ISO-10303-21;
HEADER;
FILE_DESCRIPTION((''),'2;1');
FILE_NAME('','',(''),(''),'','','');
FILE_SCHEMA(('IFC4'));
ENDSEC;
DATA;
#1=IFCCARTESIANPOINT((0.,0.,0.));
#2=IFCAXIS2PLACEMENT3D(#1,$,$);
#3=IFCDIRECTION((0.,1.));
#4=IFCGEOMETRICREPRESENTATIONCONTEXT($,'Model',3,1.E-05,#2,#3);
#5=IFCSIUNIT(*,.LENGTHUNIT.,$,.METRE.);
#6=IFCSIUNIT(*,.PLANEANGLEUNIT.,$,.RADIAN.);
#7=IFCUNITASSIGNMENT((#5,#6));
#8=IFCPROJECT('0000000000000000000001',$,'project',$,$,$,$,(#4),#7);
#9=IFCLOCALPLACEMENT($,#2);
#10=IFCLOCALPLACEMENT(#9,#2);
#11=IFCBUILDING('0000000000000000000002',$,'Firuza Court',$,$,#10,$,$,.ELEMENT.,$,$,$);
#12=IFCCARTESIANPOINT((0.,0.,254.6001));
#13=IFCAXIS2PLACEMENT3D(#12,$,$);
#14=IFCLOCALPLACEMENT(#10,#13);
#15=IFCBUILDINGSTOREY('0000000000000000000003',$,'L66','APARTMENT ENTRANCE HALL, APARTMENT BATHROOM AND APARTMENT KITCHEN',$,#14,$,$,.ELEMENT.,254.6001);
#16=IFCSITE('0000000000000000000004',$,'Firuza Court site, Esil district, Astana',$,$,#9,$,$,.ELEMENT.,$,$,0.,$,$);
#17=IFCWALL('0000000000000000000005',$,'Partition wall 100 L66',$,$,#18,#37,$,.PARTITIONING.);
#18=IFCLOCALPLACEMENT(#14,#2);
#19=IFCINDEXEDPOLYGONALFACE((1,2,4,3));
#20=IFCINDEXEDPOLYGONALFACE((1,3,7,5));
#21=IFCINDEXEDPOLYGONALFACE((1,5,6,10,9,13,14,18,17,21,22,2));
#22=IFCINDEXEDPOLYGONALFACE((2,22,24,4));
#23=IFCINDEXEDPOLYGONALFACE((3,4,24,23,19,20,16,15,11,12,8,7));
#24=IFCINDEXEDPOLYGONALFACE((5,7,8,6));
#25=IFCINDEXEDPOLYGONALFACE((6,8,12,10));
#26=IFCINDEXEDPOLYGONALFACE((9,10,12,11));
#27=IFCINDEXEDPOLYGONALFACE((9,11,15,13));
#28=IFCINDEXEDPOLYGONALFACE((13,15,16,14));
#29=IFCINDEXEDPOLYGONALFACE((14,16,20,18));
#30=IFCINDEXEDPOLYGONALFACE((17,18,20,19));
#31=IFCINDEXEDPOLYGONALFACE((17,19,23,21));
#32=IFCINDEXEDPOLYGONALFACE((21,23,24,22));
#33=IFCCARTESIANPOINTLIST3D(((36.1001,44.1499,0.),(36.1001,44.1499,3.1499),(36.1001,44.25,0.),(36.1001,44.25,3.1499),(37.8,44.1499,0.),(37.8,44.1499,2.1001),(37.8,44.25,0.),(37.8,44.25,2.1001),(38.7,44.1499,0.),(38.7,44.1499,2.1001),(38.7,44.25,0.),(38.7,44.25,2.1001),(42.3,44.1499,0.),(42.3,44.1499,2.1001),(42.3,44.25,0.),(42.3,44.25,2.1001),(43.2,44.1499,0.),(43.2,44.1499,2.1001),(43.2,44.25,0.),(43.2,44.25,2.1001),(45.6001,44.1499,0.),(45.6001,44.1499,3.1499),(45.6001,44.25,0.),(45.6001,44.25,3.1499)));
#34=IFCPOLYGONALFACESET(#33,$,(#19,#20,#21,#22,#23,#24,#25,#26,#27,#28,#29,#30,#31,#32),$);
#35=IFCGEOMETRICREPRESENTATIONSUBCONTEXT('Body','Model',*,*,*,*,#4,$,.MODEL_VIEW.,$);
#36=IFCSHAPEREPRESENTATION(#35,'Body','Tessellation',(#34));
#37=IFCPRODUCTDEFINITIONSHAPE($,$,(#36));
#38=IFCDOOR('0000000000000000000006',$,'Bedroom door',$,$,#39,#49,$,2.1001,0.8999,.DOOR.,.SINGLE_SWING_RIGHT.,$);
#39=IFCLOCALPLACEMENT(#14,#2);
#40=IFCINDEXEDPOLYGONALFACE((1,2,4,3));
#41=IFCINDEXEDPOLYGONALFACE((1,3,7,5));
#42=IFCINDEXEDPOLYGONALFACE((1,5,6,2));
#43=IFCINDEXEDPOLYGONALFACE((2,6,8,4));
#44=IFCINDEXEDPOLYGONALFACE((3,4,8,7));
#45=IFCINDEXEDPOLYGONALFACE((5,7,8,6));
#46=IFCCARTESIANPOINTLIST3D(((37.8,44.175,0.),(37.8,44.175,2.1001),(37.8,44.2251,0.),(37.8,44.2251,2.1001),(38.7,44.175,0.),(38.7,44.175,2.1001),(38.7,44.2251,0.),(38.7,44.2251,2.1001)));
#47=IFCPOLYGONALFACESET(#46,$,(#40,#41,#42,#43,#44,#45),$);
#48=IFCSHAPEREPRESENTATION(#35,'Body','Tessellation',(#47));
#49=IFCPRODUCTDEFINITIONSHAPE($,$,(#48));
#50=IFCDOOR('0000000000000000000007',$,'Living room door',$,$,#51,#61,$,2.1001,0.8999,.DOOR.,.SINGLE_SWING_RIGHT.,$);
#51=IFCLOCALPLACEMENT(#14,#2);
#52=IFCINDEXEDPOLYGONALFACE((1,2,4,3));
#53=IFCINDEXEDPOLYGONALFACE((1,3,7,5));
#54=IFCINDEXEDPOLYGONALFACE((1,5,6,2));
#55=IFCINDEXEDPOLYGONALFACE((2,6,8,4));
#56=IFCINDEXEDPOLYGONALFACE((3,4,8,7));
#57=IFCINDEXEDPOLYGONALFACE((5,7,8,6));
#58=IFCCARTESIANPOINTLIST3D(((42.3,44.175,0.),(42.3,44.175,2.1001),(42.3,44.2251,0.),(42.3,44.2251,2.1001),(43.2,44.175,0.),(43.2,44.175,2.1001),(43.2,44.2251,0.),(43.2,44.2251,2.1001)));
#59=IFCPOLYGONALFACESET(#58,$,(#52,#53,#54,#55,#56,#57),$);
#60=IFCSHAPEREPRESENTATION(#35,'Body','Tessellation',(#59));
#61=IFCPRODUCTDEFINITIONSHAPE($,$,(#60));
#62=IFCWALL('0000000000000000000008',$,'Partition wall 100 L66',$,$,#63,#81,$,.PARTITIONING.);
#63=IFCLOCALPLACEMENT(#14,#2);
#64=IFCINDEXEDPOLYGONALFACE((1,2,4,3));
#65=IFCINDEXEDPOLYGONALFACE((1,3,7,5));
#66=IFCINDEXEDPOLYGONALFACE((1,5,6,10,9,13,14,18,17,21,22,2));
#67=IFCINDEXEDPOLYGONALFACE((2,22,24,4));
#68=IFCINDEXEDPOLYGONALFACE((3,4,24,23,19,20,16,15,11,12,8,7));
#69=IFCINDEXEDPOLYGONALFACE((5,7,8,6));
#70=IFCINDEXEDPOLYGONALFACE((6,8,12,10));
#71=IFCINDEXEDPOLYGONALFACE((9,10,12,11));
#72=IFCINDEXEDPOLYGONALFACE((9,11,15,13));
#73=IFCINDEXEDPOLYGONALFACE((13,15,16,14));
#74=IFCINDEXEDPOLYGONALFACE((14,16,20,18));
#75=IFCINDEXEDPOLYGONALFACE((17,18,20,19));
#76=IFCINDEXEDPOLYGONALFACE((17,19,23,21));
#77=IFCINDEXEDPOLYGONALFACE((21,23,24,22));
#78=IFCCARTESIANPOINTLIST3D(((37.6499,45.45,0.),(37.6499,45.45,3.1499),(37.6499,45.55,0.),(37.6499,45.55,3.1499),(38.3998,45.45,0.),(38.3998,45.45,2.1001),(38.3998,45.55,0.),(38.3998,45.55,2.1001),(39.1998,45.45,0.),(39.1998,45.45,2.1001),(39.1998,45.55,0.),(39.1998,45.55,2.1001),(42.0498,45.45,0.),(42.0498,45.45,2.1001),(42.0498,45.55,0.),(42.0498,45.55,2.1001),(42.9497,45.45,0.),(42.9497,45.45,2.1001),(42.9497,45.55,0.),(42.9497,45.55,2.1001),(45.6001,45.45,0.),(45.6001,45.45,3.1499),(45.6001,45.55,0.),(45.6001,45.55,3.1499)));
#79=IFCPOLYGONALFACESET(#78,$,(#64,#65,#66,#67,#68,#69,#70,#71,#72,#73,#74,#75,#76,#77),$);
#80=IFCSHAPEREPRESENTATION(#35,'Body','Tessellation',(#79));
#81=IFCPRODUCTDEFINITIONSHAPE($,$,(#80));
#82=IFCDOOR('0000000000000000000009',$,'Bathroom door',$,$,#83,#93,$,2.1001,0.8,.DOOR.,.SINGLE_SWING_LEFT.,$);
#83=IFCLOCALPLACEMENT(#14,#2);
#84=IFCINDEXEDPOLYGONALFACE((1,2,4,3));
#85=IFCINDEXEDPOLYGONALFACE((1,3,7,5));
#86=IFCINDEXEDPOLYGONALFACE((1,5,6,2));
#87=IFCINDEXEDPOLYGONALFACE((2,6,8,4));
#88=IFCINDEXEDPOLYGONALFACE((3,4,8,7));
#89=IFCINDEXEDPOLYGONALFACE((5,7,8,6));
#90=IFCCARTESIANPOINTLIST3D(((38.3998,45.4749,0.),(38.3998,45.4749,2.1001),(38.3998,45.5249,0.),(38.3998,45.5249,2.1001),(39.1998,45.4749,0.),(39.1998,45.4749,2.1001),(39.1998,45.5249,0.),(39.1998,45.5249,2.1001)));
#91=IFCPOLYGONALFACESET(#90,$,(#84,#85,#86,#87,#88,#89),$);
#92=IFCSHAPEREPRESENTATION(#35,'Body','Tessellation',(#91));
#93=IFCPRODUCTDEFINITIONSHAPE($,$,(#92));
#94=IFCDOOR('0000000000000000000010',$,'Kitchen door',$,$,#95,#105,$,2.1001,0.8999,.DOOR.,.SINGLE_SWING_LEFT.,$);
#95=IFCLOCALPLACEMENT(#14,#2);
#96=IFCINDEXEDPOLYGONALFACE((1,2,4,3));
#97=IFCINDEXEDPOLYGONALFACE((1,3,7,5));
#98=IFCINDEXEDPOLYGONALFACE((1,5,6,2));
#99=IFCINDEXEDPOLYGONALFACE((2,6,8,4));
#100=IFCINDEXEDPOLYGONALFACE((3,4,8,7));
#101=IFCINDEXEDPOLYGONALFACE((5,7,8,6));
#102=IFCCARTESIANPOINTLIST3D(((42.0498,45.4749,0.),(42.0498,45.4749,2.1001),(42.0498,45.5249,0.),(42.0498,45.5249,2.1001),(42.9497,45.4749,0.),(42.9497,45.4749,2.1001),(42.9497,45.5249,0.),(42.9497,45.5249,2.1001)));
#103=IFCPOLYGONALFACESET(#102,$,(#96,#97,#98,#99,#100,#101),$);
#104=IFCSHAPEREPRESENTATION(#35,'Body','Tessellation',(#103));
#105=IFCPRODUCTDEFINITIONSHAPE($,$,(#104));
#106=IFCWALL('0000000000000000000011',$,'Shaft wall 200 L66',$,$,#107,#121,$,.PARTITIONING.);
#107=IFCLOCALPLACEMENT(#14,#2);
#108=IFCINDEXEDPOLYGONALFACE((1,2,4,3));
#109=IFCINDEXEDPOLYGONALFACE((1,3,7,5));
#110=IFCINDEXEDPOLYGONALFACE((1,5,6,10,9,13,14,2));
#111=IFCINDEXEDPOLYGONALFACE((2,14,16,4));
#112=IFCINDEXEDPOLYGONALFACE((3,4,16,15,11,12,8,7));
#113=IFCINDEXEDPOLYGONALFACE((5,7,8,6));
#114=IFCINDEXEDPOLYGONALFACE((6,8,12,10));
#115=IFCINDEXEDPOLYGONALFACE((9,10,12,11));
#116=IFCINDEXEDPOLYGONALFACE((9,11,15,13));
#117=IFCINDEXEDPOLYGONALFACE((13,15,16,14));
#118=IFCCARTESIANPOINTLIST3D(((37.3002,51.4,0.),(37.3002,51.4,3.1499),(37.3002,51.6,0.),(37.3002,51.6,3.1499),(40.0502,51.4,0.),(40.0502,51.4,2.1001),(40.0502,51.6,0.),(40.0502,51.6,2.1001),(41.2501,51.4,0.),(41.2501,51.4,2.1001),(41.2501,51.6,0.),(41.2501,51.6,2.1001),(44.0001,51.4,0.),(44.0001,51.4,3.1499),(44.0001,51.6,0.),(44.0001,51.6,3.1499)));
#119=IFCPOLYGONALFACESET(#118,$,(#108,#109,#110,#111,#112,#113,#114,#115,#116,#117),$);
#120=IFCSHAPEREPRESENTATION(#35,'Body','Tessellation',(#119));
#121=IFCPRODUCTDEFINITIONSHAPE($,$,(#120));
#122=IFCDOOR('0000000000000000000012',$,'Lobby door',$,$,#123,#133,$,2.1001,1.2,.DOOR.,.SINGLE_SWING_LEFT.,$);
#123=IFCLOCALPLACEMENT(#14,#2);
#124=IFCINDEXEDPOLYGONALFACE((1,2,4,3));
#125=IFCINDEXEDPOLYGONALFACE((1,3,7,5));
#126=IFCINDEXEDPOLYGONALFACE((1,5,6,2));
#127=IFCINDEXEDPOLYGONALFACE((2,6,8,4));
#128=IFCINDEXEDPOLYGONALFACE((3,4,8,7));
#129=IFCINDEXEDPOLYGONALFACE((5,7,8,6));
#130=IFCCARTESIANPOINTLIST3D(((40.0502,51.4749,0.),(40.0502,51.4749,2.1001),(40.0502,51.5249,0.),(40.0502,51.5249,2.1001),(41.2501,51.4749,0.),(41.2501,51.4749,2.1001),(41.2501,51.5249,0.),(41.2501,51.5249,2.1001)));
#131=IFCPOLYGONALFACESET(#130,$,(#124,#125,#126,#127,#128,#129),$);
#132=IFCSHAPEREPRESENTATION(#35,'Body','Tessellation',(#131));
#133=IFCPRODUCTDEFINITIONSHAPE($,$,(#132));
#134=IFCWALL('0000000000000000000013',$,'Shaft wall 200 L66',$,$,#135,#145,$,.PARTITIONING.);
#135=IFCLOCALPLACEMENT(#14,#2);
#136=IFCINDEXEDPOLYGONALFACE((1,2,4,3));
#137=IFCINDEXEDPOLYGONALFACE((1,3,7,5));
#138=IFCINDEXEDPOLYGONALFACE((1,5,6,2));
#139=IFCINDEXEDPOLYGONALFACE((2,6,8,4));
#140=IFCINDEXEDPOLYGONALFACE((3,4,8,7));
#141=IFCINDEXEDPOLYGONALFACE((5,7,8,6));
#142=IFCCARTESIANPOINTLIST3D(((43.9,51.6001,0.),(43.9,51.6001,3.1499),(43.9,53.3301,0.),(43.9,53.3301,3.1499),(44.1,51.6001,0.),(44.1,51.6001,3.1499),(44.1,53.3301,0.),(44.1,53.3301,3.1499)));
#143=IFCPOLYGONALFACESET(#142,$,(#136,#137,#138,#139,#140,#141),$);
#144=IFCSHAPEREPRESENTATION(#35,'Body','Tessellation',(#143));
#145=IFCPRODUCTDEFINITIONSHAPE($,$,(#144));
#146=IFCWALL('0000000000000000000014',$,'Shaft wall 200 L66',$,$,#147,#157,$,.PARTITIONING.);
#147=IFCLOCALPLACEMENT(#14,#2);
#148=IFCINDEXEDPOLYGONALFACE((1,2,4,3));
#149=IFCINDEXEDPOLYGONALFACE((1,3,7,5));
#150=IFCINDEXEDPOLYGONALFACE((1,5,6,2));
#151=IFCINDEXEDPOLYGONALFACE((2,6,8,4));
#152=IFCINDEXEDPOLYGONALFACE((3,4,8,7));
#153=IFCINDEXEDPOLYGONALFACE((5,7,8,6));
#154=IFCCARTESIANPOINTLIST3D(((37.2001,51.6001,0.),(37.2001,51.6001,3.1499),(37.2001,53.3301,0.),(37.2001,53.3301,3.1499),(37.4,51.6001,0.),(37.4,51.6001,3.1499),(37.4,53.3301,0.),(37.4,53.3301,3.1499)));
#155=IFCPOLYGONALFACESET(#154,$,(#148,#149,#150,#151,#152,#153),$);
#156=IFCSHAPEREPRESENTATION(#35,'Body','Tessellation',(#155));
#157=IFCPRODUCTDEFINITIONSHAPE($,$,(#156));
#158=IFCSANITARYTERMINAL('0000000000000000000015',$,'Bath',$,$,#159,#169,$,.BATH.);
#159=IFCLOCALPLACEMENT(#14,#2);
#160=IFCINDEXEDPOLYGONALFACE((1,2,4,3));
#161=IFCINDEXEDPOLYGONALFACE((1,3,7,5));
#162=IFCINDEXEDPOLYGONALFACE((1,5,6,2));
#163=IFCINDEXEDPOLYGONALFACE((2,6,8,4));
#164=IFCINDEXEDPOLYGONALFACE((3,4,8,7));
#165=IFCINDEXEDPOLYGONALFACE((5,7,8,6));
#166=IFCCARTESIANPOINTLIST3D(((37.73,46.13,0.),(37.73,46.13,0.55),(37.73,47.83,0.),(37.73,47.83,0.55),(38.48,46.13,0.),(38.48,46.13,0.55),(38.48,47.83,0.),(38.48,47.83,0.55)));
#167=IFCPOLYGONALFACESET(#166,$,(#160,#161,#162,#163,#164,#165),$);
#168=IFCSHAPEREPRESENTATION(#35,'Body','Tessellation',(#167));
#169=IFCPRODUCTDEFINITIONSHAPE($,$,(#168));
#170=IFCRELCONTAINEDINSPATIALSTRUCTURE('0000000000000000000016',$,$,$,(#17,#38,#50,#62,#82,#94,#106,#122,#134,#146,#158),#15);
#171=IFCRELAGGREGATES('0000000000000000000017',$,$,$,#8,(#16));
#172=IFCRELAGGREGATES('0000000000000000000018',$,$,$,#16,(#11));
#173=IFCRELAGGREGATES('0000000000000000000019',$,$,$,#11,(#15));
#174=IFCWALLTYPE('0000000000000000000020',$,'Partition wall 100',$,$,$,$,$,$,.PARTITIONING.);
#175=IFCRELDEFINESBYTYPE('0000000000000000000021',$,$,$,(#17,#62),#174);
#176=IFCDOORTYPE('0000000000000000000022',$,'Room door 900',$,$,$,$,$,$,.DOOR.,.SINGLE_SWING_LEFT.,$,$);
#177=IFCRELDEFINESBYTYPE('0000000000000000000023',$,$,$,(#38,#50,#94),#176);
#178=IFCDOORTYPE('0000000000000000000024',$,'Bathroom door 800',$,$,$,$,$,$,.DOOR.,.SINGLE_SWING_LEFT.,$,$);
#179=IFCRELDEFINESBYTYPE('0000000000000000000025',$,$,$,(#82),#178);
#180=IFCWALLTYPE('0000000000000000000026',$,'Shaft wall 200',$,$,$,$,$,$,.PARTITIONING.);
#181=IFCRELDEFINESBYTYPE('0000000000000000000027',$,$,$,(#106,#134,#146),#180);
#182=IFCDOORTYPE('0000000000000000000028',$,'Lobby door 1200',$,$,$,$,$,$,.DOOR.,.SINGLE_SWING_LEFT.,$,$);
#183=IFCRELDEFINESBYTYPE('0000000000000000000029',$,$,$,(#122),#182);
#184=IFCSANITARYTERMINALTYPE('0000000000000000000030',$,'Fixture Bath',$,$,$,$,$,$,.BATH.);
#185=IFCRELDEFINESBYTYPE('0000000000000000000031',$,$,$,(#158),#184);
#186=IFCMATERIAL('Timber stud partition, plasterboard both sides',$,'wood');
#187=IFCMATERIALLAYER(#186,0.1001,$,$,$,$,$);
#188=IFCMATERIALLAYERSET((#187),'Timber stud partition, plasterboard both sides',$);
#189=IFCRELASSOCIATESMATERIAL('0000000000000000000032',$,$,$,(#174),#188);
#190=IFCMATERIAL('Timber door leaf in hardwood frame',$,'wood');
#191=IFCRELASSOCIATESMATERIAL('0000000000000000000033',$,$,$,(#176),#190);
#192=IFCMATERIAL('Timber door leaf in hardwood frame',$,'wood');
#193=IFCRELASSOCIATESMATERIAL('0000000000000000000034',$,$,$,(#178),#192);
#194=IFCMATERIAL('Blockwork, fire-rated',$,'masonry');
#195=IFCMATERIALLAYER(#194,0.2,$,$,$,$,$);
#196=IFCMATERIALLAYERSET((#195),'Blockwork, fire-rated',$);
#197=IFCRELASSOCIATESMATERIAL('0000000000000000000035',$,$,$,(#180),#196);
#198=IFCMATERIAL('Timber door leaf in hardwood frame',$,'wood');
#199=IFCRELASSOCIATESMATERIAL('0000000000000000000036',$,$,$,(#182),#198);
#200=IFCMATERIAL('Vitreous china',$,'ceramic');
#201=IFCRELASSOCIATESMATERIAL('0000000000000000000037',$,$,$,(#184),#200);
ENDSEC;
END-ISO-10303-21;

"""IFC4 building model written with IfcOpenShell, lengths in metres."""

from ifc_helpers import new_model, si_unit, direction, frame, frame_2d, origin, origin_2d, place, context, subcontext, project, spatial, rectangle, extrude, material, layer, layer_set, type_object, element, fill, save


model = new_model("IFC4")

# Units and contexts
model_context = context("Model", 3, precision=1e-05, world=origin(), true_north=direction((0.0, 1.0)))
body_context = subcontext(model_context, "Body", "Model", "MODEL_VIEW")
ifc_project = project(units=[si_unit("LENGTHUNIT", "METRE"), si_unit("PLANEANGLEUNIT", "RADIAN")], contexts=[model_context])

# Site, building, storey
site_placement = place(None, origin())
site = spatial("IfcSite", under=ifc_project, at=site_placement, Name="Firuza Court site, Esil district, Astana", CompositionType="ELEMENT", RefElevation=0.0)
building_placement = place(site_placement, origin())
building = spatial("IfcBuilding", under=site, at=building_placement, Name="Firuza Court", CompositionType="ELEMENT")
storey_placement = place(building_placement, frame((0.0, 0.0, 254.6001)))
storey = spatial("IfcBuildingStorey", under=building, at=storey_placement, Name="L66", Description="APARTMENT ENTRANCE HALL, APARTMENT BATHROOM AND APARTMENT KITCHEN", CompositionType="ELEMENT", Elevation=254.6001)

# Walls, openings, doors
ifc_material_1 = material(Name="Timber stud partition, plasterboard both sides", Category="wood")
ifc_layer_1 = layer(ifc_material_1, 0.1001)
ifc_layer_set_1 = layer_set([ifc_layer_1], Name="Timber stud partition, plasterboard both sides")
wall_type_1 = type_object("IfcWallType", Name="Partition wall 100", PredefinedType="PARTITIONING", material=ifc_layer_set_1)
wall_1_placement = place(storey_placement, frame((36.1001, 44.2, 0.0), z_axis=(0.0, 0.0, 1.0), x_axis=(1.0, 0.0, 0.0)))
wall_1 = element("IfcWall", 1, at=wall_1_placement, inside=storey, type_object=wall_type_1, Name="Partition wall 100 L66", PredefinedType="PARTITIONING", context=body_context, shape_type="SweptSolid", body=[
    extrude(rectangle(XDim=9.5, YDim=0.1001, at=frame_2d((4.75, 0.0))), origin(), (0.0, 0.0, 1.0), 3.1499),
])
opening_1_placement = place(wall_1_placement, frame((1.7, 0.0, 0.0)))
opening_1 = element("IfcOpeningElement", 2, at=opening_1_placement, cuts=wall_1, PredefinedType="OPENING", context=body_context, shape_type="SweptSolid", body=[
    extrude(rectangle(XDim=0.8999, YDim=2.1001, at=frame_2d((0.45, 1.05))), frame((0.0, 0.062, 0.0), z_axis=(0.0, -1.0, 0.0), x_axis=(1.0, 0.0, 0.0)), (0.0, 0.0, 1.0), 0.124),
])
opening_2_placement = place(wall_1_placement, frame((6.2, 0.0, 0.0)))
opening_2 = element("IfcOpeningElement", 3, at=opening_2_placement, cuts=wall_1, PredefinedType="OPENING", context=body_context, shape_type="SweptSolid", body=[
    extrude(rectangle(XDim=0.8999, YDim=2.1001, at=frame_2d((0.45, 1.05))), frame((0.0, 0.062, 0.0), z_axis=(0.0, -1.0, 0.0), x_axis=(1.0, 0.0, 0.0)), (0.0, 0.0, 1.0), 0.124),
])
ifc_material_2 = material(Name="Timber door leaf in hardwood frame", Category="wood")
door_type_1 = type_object("IfcDoorType", Name="Room door 900", OperationType="SINGLE_SWING_LEFT", PredefinedType="DOOR", material=ifc_material_2)
door_1_placement = place(opening_1_placement, frame((0.8999, 0.0, 0.0), z_axis=(0.0, 0.0, 1.0), x_axis=(-1.0, 0.0, 0.0)))
door_1 = element("IfcDoor", 4, at=door_1_placement, inside=storey, type_object=door_type_1, Name="Bedroom door", OperationType="SINGLE_SWING_RIGHT", OverallHeight=2.1001, OverallWidth=0.8999, PredefinedType="DOOR", context=body_context, shape_type="SweptSolid", body=[
    extrude(rectangle(XDim=0.8999, YDim=2.1001, at=frame_2d((0.45, 1.05))), frame((0.0, 0.0249, 0.0), z_axis=(0.0, -1.0, 0.0), x_axis=(1.0, 0.0, 0.0)), (0.0, 0.0, 1.0), 0.05),
])
fill(opening_1, door_1)
door_2_placement = place(opening_2_placement, frame((0.8999, 0.0, 0.0), z_axis=(0.0, 0.0, 1.0), x_axis=(-1.0, 0.0, 0.0)))
door_2 = element("IfcDoor", 5, at=door_2_placement, inside=storey, type_object=door_type_1, Name="Living room door", OperationType="SINGLE_SWING_RIGHT", OverallHeight=2.1001, OverallWidth=0.8999, PredefinedType="DOOR", context=body_context, shape_type="SweptSolid", body=[
    extrude(rectangle(XDim=0.8999, YDim=2.1001, at=frame_2d((0.45, 1.05))), frame((0.0, 0.0249, 0.0), z_axis=(0.0, -1.0, 0.0), x_axis=(1.0, 0.0, 0.0)), (0.0, 0.0, 1.0), 0.05),
])
fill(opening_2, door_2)
wall_2_placement = place(storey_placement, frame((37.6499, 45.5, 0.0), z_axis=(0.0, 0.0, 1.0), x_axis=(1.0, 0.0, 0.0)))
wall_2 = element("IfcWall", 6, at=wall_2_placement, inside=storey, type_object=wall_type_1, Name="Partition wall 100 L66", PredefinedType="PARTITIONING", context=body_context, shape_type="SweptSolid", body=[
    extrude(rectangle(XDim=7.9502, YDim=0.1001, at=frame_2d((3.9751, 0.0))), origin(), (0.0, 0.0, 1.0), 3.1499),
])
opening_3_placement = place(wall_2_placement, frame((0.75, 0.0, 0.0)))
opening_3 = element("IfcOpeningElement", 7, at=opening_3_placement, cuts=wall_2, PredefinedType="OPENING", context=body_context, shape_type="SweptSolid", body=[
    extrude(rectangle(XDim=0.8, YDim=2.1001, at=frame_2d((0.3999, 1.05))), frame((0.0, 0.062, 0.0), z_axis=(0.0, -1.0, 0.0), x_axis=(1.0, 0.0, 0.0)), (0.0, 0.0, 1.0), 0.124),
])
opening_4_placement = place(wall_2_placement, frame((4.3999, 0.0, 0.0)))
opening_4 = element("IfcOpeningElement", 8, at=opening_4_placement, cuts=wall_2, PredefinedType="OPENING", context=body_context, shape_type="SweptSolid", body=[
    extrude(rectangle(XDim=0.8999, YDim=2.1001, at=frame_2d((0.45, 1.05))), frame((0.0, 0.062, 0.0), z_axis=(0.0, -1.0, 0.0), x_axis=(1.0, 0.0, 0.0)), (0.0, 0.0, 1.0), 0.124),
])
ifc_material_3 = material(Name="Timber door leaf in hardwood frame", Category="wood")
door_type_2 = type_object("IfcDoorType", Name="Bathroom door 800", OperationType="SINGLE_SWING_LEFT", PredefinedType="DOOR", material=ifc_material_3)
door_3_placement = place(opening_3_placement, origin())
door_3 = element("IfcDoor", 9, at=door_3_placement, inside=storey, type_object=door_type_2, Name="Bathroom door", OperationType="SINGLE_SWING_LEFT", OverallHeight=2.1001, OverallWidth=0.8, PredefinedType="DOOR", context=body_context, shape_type="SweptSolid", body=[
    extrude(rectangle(XDim=0.8, YDim=2.1001, at=frame_2d((0.3999, 1.05))), frame((0.0, 0.0249, 0.0), z_axis=(0.0, -1.0, 0.0), x_axis=(1.0, 0.0, 0.0)), (0.0, 0.0, 1.0), 0.05),
])
fill(opening_3, door_3)
door_4_placement = place(opening_4_placement, origin())
door_4 = element("IfcDoor", 10, at=door_4_placement, inside=storey, type_object=door_type_1, Name="Kitchen door", OperationType="SINGLE_SWING_LEFT", OverallHeight=2.1001, OverallWidth=0.8999, PredefinedType="DOOR", context=body_context, shape_type="SweptSolid", body=[
    extrude(rectangle(XDim=0.8999, YDim=2.1001, at=frame_2d((0.45, 1.05))), frame((0.0, 0.0249, 0.0), z_axis=(0.0, -1.0, 0.0), x_axis=(1.0, 0.0, 0.0)), (0.0, 0.0, 1.0), 0.05),
])
fill(opening_4, door_4)

# Wall, opening, door
ifc_material_4 = material(Name="Blockwork, fire-rated", Category="masonry")
ifc_layer_2 = layer(ifc_material_4, 0.2)
ifc_layer_set_2 = layer_set([ifc_layer_2], Name="Blockwork, fire-rated")
wall_type_2 = type_object("IfcWallType", Name="Shaft wall 200", PredefinedType="PARTITIONING", material=ifc_layer_set_2)
wall_3_placement = place(storey_placement, frame((37.3, 51.5, 0.0), z_axis=(0.0, 0.0, 1.0), x_axis=(1.0, 0.0, 0.0)))
wall_3 = element("IfcWall", 11, at=wall_3_placement, inside=storey, type_object=wall_type_2, Name="Shaft wall 200 L66", PredefinedType="PARTITIONING", context=body_context, shape_type="SweptSolid", body=[
    extrude(rectangle(XDim=6.7, YDim=0.2, at=frame_2d((3.3501, 0.0))), origin(), (0.0, 0.0, 1.0), 3.1499),
])
opening_5_placement = place(wall_3_placement, frame((2.75, 0.0, 0.0)))
opening_5 = element("IfcOpeningElement", 12, at=opening_5_placement, cuts=wall_3, PredefinedType="OPENING", context=body_context, shape_type="SweptSolid", body=[
    extrude(rectangle(XDim=1.2, YDim=2.1001, at=frame_2d((0.6001, 1.05))), frame((0.0, 0.1118, 0.0), z_axis=(0.0, -1.0, 0.0), x_axis=(1.0, 0.0, 0.0)), (0.0, 0.0, 1.0), 0.2239),
])
ifc_material_5 = material(Name="Timber door leaf in hardwood frame", Category="wood")
door_type_3 = type_object("IfcDoorType", Name="Lobby door 1200", OperationType="SINGLE_SWING_LEFT", PredefinedType="DOOR", material=ifc_material_5)
door_5_placement = place(opening_5_placement, origin())
door_5 = element("IfcDoor", 13, at=door_5_placement, inside=storey, type_object=door_type_3, Name="Lobby door", OperationType="SINGLE_SWING_LEFT", OverallHeight=2.1001, OverallWidth=1.2, PredefinedType="DOOR", context=body_context, shape_type="SweptSolid", body=[
    extrude(rectangle(XDim=1.2, YDim=2.1001, at=frame_2d((0.6001, 1.05))), frame((0.0, 0.0249, 0.0), z_axis=(0.0, -1.0, 0.0), x_axis=(1.0, 0.0, 0.0)), (0.0, 0.0, 1.0), 0.05),
])
fill(opening_5, door_5)

# Walls
for number, where, z_axis, x_axis, name in (
    (14, (44.0, 51.6001, 0.0), (0.0, 0.0, 1.0), (0.0, 1.0, 0.0), "Shaft wall 200 L66"),
    (15, (37.3, 51.6001, 0.0), (0.0, 0.0, 1.0), (0.0, 1.0, 0.0), "Shaft wall 200 L66"),
):
    element("IfcWall", number, at=place(storey_placement, frame(where, z_axis=z_axis, x_axis=x_axis)), inside=storey, type_object=wall_type_2, Name=name, PredefinedType="PARTITIONING", context=body_context, shape_type="SweptSolid", body=[
        extrude(rectangle(XDim=1.73, YDim=0.2, at=frame_2d((0.865, 0.0))), origin(), (0.0, 0.0, 1.0), 3.1499),
    ])

# Sanitary terminal
ifc_material_6 = material(Name="Vitreous china", Category="ceramic")
sanitary_terminal_type_1 = type_object("IfcSanitaryTerminalType", Name="Fixture Bath", PredefinedType="BATH", material=ifc_material_6)
sanitary_terminal_1_placement = place(storey_placement, frame((38.105, 46.98, 0.0), z_axis=(0.0, 0.0, 1.0), x_axis=(1.0, 0.0, 0.0)))
element("IfcSanitaryTerminal", 16, at=sanitary_terminal_1_placement, inside=storey, type_object=sanitary_terminal_type_1, Name="Bath", PredefinedType="BATH", context=body_context, shape_type="SweptSolid", body=[
    extrude(rectangle(XDim=0.75, YDim=1.7, at=origin_2d()), origin(), (0.0, 0.0, 1.0), 0.55),
])

save(model, "model.ifc")
